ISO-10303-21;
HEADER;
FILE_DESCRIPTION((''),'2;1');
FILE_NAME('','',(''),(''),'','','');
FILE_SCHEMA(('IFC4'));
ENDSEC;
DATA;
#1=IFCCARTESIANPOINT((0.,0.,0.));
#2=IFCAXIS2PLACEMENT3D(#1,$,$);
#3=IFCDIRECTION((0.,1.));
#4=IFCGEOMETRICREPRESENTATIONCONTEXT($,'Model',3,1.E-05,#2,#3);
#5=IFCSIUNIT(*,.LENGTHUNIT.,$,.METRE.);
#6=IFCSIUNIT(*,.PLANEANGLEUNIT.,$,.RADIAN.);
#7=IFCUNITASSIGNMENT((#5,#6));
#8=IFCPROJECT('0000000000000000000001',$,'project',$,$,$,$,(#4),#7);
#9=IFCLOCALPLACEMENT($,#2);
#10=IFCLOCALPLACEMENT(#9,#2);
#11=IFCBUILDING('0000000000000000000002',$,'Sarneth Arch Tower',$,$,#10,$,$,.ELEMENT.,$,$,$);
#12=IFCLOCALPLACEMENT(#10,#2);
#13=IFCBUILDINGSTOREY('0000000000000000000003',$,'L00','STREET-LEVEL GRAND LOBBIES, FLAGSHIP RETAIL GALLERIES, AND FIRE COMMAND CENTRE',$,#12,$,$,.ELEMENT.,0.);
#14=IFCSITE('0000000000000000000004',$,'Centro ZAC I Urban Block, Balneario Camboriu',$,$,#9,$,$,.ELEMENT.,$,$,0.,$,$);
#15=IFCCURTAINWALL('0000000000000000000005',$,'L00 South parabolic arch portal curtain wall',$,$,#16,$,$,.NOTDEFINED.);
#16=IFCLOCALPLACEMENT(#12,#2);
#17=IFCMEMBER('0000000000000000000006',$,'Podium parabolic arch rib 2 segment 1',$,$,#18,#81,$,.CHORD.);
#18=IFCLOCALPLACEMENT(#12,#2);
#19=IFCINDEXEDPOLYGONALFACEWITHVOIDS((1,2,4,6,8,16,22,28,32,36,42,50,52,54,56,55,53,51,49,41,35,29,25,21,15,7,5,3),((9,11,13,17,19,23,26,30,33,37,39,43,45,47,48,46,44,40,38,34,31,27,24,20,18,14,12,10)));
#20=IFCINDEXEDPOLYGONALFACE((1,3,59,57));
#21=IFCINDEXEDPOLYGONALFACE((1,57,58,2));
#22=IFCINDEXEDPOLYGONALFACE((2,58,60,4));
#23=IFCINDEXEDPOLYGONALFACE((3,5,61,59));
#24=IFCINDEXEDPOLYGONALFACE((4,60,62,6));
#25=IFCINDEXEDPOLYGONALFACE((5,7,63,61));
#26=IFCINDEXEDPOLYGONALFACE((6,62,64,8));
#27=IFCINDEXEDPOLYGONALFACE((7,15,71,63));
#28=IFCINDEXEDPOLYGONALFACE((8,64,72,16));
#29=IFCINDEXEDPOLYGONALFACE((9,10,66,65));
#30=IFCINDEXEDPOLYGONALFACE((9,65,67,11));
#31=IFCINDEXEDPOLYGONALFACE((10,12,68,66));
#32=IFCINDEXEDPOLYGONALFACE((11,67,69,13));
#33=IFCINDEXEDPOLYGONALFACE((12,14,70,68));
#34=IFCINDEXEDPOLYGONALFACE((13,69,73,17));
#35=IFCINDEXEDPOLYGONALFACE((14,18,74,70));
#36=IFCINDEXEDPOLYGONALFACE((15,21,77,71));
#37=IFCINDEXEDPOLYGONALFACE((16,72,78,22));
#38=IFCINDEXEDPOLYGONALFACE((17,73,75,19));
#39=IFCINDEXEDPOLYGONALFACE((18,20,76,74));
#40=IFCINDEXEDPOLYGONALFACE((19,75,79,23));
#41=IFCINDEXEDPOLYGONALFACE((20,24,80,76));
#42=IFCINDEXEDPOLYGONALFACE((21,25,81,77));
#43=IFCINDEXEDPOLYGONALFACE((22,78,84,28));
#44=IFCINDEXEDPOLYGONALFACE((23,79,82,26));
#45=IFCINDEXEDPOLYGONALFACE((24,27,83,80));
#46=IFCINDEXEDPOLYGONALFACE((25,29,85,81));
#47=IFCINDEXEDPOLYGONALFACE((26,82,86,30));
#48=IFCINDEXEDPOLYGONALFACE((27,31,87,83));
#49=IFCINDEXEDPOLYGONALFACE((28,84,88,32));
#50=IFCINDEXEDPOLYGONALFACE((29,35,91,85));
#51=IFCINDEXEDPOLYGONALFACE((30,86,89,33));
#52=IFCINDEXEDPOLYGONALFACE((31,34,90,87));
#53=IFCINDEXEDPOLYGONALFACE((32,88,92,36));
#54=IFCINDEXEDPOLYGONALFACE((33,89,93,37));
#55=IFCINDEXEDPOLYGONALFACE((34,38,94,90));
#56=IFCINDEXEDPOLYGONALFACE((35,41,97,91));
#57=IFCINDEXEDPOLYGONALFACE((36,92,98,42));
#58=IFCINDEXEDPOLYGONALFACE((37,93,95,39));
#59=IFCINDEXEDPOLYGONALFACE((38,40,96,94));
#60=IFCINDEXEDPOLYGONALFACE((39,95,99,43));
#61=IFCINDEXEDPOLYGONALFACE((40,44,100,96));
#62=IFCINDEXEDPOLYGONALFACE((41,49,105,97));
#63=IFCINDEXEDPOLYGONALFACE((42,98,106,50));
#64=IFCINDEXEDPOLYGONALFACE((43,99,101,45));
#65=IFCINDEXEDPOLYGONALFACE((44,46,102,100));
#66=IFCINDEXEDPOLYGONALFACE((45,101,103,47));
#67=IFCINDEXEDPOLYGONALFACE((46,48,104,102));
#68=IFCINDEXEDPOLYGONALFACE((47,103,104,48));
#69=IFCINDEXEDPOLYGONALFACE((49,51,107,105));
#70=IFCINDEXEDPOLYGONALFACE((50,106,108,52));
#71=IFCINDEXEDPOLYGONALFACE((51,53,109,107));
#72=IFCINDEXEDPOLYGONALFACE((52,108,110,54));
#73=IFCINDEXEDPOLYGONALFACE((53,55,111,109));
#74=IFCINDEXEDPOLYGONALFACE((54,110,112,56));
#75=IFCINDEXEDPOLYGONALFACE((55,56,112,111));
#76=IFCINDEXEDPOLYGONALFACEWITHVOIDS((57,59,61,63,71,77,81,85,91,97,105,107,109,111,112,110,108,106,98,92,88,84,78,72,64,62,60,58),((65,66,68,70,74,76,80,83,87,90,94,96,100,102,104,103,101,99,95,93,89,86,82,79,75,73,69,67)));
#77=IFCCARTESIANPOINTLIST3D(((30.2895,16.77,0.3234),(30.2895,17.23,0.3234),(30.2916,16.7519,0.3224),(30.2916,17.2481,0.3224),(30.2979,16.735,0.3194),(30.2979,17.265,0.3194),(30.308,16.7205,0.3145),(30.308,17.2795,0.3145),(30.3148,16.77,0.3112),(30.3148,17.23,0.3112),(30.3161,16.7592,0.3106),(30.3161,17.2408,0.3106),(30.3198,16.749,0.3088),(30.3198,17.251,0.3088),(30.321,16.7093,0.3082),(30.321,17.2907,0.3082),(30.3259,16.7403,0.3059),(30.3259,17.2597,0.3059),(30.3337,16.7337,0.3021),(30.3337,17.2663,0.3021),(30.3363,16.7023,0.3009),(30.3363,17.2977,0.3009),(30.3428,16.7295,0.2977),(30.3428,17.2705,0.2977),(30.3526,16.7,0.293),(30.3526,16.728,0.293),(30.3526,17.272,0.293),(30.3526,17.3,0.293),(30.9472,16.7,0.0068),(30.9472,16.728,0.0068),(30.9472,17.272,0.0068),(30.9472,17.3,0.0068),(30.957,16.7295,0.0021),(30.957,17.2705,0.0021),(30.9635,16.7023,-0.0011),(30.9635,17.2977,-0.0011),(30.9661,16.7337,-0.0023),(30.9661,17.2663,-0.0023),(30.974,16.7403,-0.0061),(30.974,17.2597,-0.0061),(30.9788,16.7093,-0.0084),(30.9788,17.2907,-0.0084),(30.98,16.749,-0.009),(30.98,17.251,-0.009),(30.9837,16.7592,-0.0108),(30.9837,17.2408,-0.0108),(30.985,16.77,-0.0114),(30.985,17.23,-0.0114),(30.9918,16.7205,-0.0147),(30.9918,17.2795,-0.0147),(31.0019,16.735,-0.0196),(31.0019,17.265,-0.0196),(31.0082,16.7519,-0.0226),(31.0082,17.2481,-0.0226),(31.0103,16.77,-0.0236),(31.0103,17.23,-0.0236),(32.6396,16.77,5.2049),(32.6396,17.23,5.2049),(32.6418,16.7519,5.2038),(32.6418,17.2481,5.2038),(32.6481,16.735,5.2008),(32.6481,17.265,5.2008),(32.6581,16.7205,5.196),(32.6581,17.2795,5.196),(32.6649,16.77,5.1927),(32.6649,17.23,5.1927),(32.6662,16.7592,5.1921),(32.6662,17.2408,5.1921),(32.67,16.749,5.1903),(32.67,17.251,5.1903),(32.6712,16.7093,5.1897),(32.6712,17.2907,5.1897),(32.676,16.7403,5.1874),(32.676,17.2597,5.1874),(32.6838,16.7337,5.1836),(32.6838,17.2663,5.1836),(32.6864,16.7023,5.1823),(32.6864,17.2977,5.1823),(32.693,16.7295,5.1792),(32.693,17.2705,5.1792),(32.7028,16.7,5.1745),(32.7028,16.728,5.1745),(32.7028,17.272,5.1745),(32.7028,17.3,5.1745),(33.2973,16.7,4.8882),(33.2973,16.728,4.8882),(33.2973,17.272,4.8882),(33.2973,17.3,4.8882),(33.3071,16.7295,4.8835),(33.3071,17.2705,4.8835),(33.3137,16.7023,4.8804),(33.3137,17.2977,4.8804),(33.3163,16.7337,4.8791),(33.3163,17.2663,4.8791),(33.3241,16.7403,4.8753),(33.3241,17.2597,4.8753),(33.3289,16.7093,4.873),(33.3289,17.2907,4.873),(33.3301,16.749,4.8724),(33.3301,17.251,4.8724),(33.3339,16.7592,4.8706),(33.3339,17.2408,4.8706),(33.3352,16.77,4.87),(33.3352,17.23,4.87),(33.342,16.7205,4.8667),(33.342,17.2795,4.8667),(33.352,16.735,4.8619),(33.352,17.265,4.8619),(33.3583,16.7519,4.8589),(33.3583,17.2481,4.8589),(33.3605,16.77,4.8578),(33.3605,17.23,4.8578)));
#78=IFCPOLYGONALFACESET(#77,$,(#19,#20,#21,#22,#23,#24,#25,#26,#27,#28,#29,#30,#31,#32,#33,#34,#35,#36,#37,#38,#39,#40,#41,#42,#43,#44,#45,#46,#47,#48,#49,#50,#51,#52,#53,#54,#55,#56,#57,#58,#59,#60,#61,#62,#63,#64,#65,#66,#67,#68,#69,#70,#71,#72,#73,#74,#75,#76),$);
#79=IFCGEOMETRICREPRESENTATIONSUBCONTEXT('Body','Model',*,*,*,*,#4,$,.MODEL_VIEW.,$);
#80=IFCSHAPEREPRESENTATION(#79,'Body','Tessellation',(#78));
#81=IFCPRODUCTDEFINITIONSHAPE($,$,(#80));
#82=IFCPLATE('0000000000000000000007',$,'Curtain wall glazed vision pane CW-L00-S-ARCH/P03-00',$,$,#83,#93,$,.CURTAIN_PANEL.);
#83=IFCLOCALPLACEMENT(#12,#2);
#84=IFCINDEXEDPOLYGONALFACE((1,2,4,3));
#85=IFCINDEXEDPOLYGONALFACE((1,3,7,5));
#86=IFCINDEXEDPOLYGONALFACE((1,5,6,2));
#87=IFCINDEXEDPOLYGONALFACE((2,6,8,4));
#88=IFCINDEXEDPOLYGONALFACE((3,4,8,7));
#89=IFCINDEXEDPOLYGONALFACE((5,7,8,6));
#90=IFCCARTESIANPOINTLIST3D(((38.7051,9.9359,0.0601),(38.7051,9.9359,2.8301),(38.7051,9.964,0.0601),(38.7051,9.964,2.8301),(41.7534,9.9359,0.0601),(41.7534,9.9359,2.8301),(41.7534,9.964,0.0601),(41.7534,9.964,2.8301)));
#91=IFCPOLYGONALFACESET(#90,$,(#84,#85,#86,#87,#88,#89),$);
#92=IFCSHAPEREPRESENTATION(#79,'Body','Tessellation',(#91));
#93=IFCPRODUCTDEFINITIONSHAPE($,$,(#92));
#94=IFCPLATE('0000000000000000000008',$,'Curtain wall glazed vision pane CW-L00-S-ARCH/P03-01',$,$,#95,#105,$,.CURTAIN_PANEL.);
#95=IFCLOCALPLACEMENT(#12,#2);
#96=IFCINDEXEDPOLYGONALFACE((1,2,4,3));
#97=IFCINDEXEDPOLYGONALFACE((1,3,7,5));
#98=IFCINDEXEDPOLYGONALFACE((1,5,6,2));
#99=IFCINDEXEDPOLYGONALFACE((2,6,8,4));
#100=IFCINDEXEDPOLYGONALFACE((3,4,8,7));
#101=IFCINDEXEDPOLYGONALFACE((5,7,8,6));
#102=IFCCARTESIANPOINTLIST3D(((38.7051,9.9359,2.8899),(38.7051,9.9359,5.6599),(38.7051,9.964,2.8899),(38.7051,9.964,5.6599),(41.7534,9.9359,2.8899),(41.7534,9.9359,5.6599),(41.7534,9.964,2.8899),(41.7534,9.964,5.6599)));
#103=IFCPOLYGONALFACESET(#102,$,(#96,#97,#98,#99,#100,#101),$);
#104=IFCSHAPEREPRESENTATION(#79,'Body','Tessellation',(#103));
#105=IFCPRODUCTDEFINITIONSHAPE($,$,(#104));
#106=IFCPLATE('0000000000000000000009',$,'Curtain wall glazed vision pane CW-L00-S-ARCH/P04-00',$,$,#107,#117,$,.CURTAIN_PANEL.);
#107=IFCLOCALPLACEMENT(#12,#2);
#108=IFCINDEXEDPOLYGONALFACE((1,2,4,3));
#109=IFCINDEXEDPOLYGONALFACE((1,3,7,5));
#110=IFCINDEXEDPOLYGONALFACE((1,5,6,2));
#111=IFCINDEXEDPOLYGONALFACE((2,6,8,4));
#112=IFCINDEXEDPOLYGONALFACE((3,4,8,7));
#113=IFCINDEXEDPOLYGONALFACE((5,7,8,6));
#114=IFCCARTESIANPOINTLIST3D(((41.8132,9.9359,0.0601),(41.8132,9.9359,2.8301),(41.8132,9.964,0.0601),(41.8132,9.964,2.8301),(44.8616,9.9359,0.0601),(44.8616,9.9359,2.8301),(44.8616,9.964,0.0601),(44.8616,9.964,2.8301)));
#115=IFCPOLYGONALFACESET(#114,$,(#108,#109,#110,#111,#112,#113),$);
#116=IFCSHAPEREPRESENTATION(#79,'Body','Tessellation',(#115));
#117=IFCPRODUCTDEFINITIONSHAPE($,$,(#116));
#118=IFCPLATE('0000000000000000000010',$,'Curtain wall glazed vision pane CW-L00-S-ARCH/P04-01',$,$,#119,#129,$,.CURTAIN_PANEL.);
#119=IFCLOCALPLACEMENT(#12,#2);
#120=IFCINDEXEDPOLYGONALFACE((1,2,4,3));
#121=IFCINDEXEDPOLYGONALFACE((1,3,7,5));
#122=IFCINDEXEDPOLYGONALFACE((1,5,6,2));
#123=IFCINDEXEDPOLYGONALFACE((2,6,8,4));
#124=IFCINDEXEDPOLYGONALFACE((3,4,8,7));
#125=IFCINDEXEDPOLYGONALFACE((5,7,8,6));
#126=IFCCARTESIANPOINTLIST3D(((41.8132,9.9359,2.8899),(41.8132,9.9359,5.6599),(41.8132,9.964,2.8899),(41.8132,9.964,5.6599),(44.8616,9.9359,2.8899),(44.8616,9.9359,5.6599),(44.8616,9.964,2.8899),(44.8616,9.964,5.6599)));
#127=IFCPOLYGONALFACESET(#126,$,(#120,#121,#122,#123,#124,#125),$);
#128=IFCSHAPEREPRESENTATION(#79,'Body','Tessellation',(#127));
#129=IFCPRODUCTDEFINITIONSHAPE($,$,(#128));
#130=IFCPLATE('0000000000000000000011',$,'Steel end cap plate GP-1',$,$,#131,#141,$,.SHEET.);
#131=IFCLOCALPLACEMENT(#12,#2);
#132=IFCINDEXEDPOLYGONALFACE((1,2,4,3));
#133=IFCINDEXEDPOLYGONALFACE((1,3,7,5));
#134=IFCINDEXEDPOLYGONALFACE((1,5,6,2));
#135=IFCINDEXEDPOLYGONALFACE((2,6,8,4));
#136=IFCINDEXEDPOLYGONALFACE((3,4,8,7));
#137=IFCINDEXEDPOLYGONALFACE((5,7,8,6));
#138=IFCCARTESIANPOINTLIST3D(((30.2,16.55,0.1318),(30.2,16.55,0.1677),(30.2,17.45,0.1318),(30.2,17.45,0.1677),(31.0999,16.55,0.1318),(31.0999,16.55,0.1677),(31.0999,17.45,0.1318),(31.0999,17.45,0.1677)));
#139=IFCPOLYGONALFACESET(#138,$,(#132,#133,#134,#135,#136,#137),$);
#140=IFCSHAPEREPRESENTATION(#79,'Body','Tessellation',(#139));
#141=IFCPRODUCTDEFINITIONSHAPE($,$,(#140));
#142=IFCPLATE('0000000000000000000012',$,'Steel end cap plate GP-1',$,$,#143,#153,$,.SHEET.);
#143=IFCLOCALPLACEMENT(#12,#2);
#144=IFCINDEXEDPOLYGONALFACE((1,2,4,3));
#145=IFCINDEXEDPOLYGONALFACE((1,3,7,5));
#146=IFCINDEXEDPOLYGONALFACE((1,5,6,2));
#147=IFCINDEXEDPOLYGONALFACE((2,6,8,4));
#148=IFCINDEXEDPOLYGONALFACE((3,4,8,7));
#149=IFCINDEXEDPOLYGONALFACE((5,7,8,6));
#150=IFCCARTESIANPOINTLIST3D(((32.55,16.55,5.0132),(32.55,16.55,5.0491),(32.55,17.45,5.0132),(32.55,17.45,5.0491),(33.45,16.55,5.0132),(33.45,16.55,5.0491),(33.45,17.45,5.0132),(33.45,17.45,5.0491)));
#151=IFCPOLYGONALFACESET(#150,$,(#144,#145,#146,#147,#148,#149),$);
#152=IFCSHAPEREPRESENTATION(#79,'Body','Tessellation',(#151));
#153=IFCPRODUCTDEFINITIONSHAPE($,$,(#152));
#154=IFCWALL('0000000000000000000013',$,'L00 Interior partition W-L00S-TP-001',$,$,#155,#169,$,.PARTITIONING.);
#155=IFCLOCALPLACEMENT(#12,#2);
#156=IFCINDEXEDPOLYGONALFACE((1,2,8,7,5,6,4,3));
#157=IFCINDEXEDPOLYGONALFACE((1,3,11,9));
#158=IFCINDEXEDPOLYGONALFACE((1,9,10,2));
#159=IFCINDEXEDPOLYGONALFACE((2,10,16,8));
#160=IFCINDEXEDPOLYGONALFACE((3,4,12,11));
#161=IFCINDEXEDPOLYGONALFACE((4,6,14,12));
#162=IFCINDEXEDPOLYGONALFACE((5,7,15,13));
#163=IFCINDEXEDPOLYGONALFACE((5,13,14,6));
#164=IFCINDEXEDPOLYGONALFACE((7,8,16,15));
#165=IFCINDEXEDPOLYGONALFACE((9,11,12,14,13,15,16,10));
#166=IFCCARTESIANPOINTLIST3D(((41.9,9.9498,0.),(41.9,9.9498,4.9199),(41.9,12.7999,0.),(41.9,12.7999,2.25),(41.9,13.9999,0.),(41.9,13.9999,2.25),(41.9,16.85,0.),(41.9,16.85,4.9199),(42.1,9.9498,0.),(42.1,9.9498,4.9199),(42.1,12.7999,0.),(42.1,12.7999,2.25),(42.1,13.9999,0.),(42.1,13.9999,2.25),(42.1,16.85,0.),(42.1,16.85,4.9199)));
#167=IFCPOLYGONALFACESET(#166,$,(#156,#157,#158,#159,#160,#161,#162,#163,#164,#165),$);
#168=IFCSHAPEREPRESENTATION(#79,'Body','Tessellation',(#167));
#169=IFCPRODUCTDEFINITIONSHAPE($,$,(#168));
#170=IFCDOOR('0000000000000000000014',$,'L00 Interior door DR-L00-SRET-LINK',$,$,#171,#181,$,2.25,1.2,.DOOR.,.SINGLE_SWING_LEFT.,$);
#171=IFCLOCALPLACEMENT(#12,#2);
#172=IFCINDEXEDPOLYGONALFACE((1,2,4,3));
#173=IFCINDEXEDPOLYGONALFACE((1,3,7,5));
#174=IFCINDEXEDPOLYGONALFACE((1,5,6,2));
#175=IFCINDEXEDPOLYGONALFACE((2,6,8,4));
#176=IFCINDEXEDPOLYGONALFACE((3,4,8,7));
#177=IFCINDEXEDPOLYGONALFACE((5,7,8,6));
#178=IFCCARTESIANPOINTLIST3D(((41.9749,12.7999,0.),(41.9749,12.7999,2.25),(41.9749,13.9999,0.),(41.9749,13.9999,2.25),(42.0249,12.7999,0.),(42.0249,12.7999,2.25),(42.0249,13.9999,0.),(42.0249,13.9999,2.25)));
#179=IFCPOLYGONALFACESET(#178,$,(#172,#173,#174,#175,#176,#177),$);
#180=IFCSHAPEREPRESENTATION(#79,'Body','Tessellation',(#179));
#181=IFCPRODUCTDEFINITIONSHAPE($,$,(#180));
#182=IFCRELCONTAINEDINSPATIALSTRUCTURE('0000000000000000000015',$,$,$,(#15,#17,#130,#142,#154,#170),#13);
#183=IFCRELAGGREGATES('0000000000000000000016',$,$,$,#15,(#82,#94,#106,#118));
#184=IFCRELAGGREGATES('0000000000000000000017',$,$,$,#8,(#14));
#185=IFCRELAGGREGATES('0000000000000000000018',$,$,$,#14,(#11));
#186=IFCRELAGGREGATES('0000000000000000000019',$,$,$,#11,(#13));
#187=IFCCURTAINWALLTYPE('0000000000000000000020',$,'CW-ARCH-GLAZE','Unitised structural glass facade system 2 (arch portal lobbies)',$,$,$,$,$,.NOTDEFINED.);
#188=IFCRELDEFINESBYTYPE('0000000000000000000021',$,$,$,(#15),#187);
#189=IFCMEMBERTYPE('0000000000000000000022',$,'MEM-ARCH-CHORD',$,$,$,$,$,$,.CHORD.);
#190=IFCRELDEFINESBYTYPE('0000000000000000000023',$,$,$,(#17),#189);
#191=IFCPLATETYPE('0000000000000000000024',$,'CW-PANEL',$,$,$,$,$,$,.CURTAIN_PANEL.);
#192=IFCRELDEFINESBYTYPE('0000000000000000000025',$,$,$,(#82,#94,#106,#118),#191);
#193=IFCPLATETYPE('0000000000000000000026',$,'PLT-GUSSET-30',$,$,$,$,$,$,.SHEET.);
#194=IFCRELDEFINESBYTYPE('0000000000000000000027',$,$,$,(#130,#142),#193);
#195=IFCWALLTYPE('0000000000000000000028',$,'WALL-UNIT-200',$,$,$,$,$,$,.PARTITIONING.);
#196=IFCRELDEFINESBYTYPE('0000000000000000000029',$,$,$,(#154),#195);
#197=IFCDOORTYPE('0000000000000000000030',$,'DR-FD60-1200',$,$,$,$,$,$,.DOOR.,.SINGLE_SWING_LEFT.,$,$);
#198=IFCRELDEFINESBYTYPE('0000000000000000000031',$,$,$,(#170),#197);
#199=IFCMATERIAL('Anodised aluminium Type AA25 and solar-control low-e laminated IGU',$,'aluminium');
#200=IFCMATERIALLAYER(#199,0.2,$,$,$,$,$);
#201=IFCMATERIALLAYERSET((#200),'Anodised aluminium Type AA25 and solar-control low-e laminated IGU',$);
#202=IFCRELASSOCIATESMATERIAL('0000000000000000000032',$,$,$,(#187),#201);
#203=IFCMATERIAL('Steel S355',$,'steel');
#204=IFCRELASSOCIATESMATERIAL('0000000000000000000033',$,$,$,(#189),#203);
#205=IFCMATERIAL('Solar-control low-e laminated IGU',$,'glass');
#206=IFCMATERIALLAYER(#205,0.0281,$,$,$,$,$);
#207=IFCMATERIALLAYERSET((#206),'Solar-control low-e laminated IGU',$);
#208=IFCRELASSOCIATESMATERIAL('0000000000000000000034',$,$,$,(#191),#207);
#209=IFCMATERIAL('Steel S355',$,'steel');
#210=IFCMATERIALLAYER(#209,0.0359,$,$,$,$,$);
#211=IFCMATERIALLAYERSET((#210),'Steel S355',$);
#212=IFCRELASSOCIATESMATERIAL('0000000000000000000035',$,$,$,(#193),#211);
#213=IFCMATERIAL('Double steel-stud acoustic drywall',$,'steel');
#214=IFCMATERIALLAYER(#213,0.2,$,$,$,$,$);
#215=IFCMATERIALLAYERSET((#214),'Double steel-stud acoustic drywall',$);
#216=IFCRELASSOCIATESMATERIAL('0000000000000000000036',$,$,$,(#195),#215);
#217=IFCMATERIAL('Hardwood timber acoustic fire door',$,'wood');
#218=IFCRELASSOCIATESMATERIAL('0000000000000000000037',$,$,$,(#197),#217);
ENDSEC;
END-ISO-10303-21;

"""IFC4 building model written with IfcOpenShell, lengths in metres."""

from ifc_helpers import new_model, si_unit, direction, frame, frame_2d, origin, origin_2d, place, context, subcontext, project, spatial, rectangle, hollow_rectangle, extrude, material, layer, layer_set, material_profile, profile_set, type_object, element, fill, aggregate, save


model = new_model("IFC4")

# Units and contexts
model_context = context("Model", 3, precision=1e-05, world=origin(), true_north=direction((0.0, 1.0)))
body_context = subcontext(model_context, "Body", "Model", "MODEL_VIEW")
ifc_project = project(units=[si_unit("LENGTHUNIT", "METRE"), si_unit("PLANEANGLEUNIT", "RADIAN")], contexts=[model_context])

# Site, building, storey
site_placement = place(None, origin())
site = spatial("IfcSite", under=ifc_project, at=site_placement, Name="Centro ZAC I Urban Block, Balneario Camboriu", CompositionType="ELEMENT", RefElevation=0.0)
building_placement = place(site_placement, origin())
building = spatial("IfcBuilding", under=site, at=building_placement, Name="Sarneth Arch Tower", CompositionType="ELEMENT")
storey_placement = place(building_placement, origin())
storey = spatial("IfcBuildingStorey", under=building, at=storey_placement, Name="L00", Description="STREET-LEVEL GRAND LOBBIES, FLAGSHIP RETAIL GALLERIES, AND FIRE COMMAND CENTRE", CompositionType="ELEMENT", Elevation=0.0)

# Curtain wall
ifc_material_1 = material(Name="Anodised aluminium Type AA25 and solar-control low-e laminated IGU", Category="aluminium")
ifc_layer_1 = layer(ifc_material_1, 0.2)
ifc_layer_set_1 = layer_set([ifc_layer_1], Name="Anodised aluminium Type AA25 and solar-control low-e laminated IGU")
curtain_wall_type = type_object("IfcCurtainWallType", Name="CW-ARCH-GLAZE", Description="Unitised structural glass facade system 2 (arch portal lobbies)", PredefinedType="NOTDEFINED", material=ifc_layer_set_1)
curtain_wall_placement = place(storey_placement, origin())
curtain_wall = element("IfcCurtainWall", 1, at=curtain_wall_placement, inside=storey, type_object=curtain_wall_type, Name="L00 South parabolic arch portal curtain wall", PredefinedType="NOTDEFINED")

# Member
ifc_material_2 = material(Name="Steel S355", Category="steel")
ifc_material_profile_1 = material_profile(ifc_material_2, hollow_rectangle(XDim=0.6001, YDim=0.8, WallThickness=0.0281, InnerFilletRadius=0.042, OuterFilletRadius=0.0701, at=origin_2d()), Name="RHS800x600x28")
ifc_profile_set_1 = profile_set([ifc_material_profile_1], Name="Steel S355")
member_type_1 = type_object("IfcMemberType", Name="MEM-ARCH-CHORD", PredefinedType="CHORD", material=ifc_profile_set_1)
member_1_placement = place(storey_placement, frame((30.6499, 17.0, 0.1499), z_axis=(0.433789, 0.0, 0.901015), x_axis=(0.0, 1.0, 0.0)))
element("IfcMember", 2, at=member_1_placement, inside=storey, type_object=member_type_1, Name="Podium parabolic arch rib 2 segment 1", PredefinedType="CHORD", context=body_context, shape_type="SweptSolid", body=[
    extrude(hollow_rectangle(XDim=0.6001, YDim=0.8, WallThickness=0.0281, InnerFilletRadius=0.042, OuterFilletRadius=0.0701, at=origin_2d()), origin(), (0.0, 0.0, 1.0), 5.4177),
])

# Plates
ifc_material_3 = material(Name="Solar-control low-e laminated IGU", Category="glass")
ifc_layer_2 = layer(ifc_material_3, 0.0281)
ifc_layer_set_2 = layer_set([ifc_layer_2], Name="Solar-control low-e laminated IGU")
plate_type_1 = type_object("IfcPlateType", Name="CW-PANEL", PredefinedType="CURTAIN_PANEL", material=ifc_layer_set_2)
plate_1_placement = place(storey_placement, frame((40.2292, 9.95, 0.0601), z_axis=(0.0, 0.0, 1.0), x_axis=(1.0, 0.0, 0.0)))
plate_1 = element("IfcPlate", 3, at=plate_1_placement, type_object=plate_type_1, Name="Curtain wall glazed vision pane CW-L00-S-ARCH/P03-00", PredefinedType="CURTAIN_PANEL", context=body_context, shape_type="SweptSolid", body=[
    extrude(rectangle(XDim=3.0483, YDim=0.0281, at=origin_2d()), origin(), (0.0, 0.0, 1.0), 2.77),
])
plate_2_placement = place(storey_placement, frame((40.2292, 9.95, 2.8899), z_axis=(0.0, 0.0, 1.0), x_axis=(1.0, 0.0, 0.0)))
plate_2 = element("IfcPlate", 4, at=plate_2_placement, type_object=plate_type_1, Name="Curtain wall glazed vision pane CW-L00-S-ARCH/P03-01", PredefinedType="CURTAIN_PANEL", context=body_context, shape_type="SweptSolid", body=[
    extrude(rectangle(XDim=3.0483, YDim=0.0281, at=origin_2d()), origin(), (0.0, 0.0, 1.0), 2.77),
])
plate_3_placement = place(storey_placement, frame((43.3374, 9.95, 0.0601), z_axis=(0.0, 0.0, 1.0), x_axis=(1.0, 0.0, 0.0)))
plate_3 = element("IfcPlate", 5, at=plate_3_placement, type_object=plate_type_1, Name="Curtain wall glazed vision pane CW-L00-S-ARCH/P04-00", PredefinedType="CURTAIN_PANEL", context=body_context, shape_type="SweptSolid", body=[
    extrude(rectangle(XDim=3.0483, YDim=0.0281, at=origin_2d()), origin(), (0.0, 0.0, 1.0), 2.77),
])
plate_4_placement = place(storey_placement, frame((43.3374, 9.95, 2.8899), z_axis=(0.0, 0.0, 1.0), x_axis=(1.0, 0.0, 0.0)))
plate_4 = element("IfcPlate", 6, at=plate_4_placement, type_object=plate_type_1, Name="Curtain wall glazed vision pane CW-L00-S-ARCH/P04-01", PredefinedType="CURTAIN_PANEL", context=body_context, shape_type="SweptSolid", body=[
    extrude(rectangle(XDim=3.0483, YDim=0.0281, at=origin_2d()), origin(), (0.0, 0.0, 1.0), 2.77),
])
aggregate(curtain_wall, [plate_1, plate_2, plate_3, plate_4])

# Plates
ifc_material_4 = material(Name="Steel S355", Category="steel")
ifc_layer_3 = layer(ifc_material_4, 0.0359)
ifc_layer_set_3 = layer_set([ifc_layer_3], Name="Steel S355")
plate_type_2 = type_object("IfcPlateType", Name="PLT-GUSSET-30", PredefinedType="SHEET", material=ifc_layer_set_3)
for number, where, z_axis, x_axis, name in (
    (7, (30.6499, 17.0, 0.1318), (0.0, 0.0, 1.0), (1.0, 0.0, 0.0), "Steel end cap plate GP-1"),
    (8, (33.0, 17.0, 5.0132), (0.0, 0.0, 1.0), (-1.0, 0.0, 0.0), "Steel end cap plate GP-1"),
):
    element("IfcPlate", number, at=place(storey_placement, frame(where, z_axis=z_axis, x_axis=x_axis)), inside=storey, type_object=plate_type_2, Name=name, PredefinedType="SHEET", context=body_context, shape_type="SweptSolid", body=[
        extrude(rectangle(XDim=0.8999, YDim=0.8999, at=origin_2d()), origin(), (0.0, 0.0, 1.0), 0.0359),
    ])

# Wall, opening, door
ifc_material_5 = material(Name="Double steel-stud acoustic drywall", Category="steel")
ifc_layer_4 = layer(ifc_material_5, 0.2)
ifc_layer_set_4 = layer_set([ifc_layer_4], Name="Double steel-stud acoustic drywall")
wall_type = type_object("IfcWallType", Name="WALL-UNIT-200", PredefinedType="PARTITIONING", material=ifc_layer_set_4)
wall_placement = place(storey_placement, frame((42.0, 16.8501, 0.0), z_axis=(0.0, 0.0, 1.0), x_axis=(0.0, -1.0, 0.0)))
wall = element("IfcWall", 9, at=wall_placement, inside=storey, type_object=wall_type, Name="L00 Interior partition W-L00S-TP-001", PredefinedType="PARTITIONING", context=body_context, shape_type="SweptSolid", body=[
    extrude(rectangle(XDim=6.9001, YDim=0.2, at=frame_2d((3.4502, 0.0))), origin(), (0.0, 0.0, 1.0), 4.9199),
])
opening_placement = place(wall_placement, frame((2.8501, 0.0, 0.0)))
opening = element("IfcOpeningElement", 10, at=opening_placement, cuts=wall, PredefinedType="OPENING", context=body_context, shape_type="SweptSolid", body=[
    extrude(rectangle(XDim=1.2, YDim=2.25, at=frame_2d((0.6001, 1.125))), frame((0.0, 0.1099, 0.0), z_axis=(0.0, -1.0, 0.0), x_axis=(1.0, 0.0, 0.0)), (0.0, 0.0, 1.0), 0.22),
])
ifc_material_6 = material(Name="Hardwood timber acoustic fire door", Category="wood")
door_type = type_object("IfcDoorType", Name="DR-FD60-1200", OperationType="SINGLE_SWING_LEFT", PredefinedType="DOOR", material=ifc_material_6)
door_placement = place(opening_placement, origin())
door = element("IfcDoor", 11, at=door_placement, inside=storey, type_object=door_type, Name="L00 Interior door DR-L00-SRET-LINK", OperationType="SINGLE_SWING_LEFT", OverallHeight=2.25, OverallWidth=1.2, PredefinedType="DOOR", context=body_context, shape_type="SweptSolid", body=[
    extrude(rectangle(XDim=1.2, YDim=2.25, at=frame_2d((0.6001, 1.125))), frame((0.0, 0.0249, 0.0), z_axis=(0.0, -1.0, 0.0), x_axis=(1.0, 0.0, 0.0)), (0.0, 0.0, 1.0), 0.05),
])
fill(opening, door)

save(model, "model.ifc")
